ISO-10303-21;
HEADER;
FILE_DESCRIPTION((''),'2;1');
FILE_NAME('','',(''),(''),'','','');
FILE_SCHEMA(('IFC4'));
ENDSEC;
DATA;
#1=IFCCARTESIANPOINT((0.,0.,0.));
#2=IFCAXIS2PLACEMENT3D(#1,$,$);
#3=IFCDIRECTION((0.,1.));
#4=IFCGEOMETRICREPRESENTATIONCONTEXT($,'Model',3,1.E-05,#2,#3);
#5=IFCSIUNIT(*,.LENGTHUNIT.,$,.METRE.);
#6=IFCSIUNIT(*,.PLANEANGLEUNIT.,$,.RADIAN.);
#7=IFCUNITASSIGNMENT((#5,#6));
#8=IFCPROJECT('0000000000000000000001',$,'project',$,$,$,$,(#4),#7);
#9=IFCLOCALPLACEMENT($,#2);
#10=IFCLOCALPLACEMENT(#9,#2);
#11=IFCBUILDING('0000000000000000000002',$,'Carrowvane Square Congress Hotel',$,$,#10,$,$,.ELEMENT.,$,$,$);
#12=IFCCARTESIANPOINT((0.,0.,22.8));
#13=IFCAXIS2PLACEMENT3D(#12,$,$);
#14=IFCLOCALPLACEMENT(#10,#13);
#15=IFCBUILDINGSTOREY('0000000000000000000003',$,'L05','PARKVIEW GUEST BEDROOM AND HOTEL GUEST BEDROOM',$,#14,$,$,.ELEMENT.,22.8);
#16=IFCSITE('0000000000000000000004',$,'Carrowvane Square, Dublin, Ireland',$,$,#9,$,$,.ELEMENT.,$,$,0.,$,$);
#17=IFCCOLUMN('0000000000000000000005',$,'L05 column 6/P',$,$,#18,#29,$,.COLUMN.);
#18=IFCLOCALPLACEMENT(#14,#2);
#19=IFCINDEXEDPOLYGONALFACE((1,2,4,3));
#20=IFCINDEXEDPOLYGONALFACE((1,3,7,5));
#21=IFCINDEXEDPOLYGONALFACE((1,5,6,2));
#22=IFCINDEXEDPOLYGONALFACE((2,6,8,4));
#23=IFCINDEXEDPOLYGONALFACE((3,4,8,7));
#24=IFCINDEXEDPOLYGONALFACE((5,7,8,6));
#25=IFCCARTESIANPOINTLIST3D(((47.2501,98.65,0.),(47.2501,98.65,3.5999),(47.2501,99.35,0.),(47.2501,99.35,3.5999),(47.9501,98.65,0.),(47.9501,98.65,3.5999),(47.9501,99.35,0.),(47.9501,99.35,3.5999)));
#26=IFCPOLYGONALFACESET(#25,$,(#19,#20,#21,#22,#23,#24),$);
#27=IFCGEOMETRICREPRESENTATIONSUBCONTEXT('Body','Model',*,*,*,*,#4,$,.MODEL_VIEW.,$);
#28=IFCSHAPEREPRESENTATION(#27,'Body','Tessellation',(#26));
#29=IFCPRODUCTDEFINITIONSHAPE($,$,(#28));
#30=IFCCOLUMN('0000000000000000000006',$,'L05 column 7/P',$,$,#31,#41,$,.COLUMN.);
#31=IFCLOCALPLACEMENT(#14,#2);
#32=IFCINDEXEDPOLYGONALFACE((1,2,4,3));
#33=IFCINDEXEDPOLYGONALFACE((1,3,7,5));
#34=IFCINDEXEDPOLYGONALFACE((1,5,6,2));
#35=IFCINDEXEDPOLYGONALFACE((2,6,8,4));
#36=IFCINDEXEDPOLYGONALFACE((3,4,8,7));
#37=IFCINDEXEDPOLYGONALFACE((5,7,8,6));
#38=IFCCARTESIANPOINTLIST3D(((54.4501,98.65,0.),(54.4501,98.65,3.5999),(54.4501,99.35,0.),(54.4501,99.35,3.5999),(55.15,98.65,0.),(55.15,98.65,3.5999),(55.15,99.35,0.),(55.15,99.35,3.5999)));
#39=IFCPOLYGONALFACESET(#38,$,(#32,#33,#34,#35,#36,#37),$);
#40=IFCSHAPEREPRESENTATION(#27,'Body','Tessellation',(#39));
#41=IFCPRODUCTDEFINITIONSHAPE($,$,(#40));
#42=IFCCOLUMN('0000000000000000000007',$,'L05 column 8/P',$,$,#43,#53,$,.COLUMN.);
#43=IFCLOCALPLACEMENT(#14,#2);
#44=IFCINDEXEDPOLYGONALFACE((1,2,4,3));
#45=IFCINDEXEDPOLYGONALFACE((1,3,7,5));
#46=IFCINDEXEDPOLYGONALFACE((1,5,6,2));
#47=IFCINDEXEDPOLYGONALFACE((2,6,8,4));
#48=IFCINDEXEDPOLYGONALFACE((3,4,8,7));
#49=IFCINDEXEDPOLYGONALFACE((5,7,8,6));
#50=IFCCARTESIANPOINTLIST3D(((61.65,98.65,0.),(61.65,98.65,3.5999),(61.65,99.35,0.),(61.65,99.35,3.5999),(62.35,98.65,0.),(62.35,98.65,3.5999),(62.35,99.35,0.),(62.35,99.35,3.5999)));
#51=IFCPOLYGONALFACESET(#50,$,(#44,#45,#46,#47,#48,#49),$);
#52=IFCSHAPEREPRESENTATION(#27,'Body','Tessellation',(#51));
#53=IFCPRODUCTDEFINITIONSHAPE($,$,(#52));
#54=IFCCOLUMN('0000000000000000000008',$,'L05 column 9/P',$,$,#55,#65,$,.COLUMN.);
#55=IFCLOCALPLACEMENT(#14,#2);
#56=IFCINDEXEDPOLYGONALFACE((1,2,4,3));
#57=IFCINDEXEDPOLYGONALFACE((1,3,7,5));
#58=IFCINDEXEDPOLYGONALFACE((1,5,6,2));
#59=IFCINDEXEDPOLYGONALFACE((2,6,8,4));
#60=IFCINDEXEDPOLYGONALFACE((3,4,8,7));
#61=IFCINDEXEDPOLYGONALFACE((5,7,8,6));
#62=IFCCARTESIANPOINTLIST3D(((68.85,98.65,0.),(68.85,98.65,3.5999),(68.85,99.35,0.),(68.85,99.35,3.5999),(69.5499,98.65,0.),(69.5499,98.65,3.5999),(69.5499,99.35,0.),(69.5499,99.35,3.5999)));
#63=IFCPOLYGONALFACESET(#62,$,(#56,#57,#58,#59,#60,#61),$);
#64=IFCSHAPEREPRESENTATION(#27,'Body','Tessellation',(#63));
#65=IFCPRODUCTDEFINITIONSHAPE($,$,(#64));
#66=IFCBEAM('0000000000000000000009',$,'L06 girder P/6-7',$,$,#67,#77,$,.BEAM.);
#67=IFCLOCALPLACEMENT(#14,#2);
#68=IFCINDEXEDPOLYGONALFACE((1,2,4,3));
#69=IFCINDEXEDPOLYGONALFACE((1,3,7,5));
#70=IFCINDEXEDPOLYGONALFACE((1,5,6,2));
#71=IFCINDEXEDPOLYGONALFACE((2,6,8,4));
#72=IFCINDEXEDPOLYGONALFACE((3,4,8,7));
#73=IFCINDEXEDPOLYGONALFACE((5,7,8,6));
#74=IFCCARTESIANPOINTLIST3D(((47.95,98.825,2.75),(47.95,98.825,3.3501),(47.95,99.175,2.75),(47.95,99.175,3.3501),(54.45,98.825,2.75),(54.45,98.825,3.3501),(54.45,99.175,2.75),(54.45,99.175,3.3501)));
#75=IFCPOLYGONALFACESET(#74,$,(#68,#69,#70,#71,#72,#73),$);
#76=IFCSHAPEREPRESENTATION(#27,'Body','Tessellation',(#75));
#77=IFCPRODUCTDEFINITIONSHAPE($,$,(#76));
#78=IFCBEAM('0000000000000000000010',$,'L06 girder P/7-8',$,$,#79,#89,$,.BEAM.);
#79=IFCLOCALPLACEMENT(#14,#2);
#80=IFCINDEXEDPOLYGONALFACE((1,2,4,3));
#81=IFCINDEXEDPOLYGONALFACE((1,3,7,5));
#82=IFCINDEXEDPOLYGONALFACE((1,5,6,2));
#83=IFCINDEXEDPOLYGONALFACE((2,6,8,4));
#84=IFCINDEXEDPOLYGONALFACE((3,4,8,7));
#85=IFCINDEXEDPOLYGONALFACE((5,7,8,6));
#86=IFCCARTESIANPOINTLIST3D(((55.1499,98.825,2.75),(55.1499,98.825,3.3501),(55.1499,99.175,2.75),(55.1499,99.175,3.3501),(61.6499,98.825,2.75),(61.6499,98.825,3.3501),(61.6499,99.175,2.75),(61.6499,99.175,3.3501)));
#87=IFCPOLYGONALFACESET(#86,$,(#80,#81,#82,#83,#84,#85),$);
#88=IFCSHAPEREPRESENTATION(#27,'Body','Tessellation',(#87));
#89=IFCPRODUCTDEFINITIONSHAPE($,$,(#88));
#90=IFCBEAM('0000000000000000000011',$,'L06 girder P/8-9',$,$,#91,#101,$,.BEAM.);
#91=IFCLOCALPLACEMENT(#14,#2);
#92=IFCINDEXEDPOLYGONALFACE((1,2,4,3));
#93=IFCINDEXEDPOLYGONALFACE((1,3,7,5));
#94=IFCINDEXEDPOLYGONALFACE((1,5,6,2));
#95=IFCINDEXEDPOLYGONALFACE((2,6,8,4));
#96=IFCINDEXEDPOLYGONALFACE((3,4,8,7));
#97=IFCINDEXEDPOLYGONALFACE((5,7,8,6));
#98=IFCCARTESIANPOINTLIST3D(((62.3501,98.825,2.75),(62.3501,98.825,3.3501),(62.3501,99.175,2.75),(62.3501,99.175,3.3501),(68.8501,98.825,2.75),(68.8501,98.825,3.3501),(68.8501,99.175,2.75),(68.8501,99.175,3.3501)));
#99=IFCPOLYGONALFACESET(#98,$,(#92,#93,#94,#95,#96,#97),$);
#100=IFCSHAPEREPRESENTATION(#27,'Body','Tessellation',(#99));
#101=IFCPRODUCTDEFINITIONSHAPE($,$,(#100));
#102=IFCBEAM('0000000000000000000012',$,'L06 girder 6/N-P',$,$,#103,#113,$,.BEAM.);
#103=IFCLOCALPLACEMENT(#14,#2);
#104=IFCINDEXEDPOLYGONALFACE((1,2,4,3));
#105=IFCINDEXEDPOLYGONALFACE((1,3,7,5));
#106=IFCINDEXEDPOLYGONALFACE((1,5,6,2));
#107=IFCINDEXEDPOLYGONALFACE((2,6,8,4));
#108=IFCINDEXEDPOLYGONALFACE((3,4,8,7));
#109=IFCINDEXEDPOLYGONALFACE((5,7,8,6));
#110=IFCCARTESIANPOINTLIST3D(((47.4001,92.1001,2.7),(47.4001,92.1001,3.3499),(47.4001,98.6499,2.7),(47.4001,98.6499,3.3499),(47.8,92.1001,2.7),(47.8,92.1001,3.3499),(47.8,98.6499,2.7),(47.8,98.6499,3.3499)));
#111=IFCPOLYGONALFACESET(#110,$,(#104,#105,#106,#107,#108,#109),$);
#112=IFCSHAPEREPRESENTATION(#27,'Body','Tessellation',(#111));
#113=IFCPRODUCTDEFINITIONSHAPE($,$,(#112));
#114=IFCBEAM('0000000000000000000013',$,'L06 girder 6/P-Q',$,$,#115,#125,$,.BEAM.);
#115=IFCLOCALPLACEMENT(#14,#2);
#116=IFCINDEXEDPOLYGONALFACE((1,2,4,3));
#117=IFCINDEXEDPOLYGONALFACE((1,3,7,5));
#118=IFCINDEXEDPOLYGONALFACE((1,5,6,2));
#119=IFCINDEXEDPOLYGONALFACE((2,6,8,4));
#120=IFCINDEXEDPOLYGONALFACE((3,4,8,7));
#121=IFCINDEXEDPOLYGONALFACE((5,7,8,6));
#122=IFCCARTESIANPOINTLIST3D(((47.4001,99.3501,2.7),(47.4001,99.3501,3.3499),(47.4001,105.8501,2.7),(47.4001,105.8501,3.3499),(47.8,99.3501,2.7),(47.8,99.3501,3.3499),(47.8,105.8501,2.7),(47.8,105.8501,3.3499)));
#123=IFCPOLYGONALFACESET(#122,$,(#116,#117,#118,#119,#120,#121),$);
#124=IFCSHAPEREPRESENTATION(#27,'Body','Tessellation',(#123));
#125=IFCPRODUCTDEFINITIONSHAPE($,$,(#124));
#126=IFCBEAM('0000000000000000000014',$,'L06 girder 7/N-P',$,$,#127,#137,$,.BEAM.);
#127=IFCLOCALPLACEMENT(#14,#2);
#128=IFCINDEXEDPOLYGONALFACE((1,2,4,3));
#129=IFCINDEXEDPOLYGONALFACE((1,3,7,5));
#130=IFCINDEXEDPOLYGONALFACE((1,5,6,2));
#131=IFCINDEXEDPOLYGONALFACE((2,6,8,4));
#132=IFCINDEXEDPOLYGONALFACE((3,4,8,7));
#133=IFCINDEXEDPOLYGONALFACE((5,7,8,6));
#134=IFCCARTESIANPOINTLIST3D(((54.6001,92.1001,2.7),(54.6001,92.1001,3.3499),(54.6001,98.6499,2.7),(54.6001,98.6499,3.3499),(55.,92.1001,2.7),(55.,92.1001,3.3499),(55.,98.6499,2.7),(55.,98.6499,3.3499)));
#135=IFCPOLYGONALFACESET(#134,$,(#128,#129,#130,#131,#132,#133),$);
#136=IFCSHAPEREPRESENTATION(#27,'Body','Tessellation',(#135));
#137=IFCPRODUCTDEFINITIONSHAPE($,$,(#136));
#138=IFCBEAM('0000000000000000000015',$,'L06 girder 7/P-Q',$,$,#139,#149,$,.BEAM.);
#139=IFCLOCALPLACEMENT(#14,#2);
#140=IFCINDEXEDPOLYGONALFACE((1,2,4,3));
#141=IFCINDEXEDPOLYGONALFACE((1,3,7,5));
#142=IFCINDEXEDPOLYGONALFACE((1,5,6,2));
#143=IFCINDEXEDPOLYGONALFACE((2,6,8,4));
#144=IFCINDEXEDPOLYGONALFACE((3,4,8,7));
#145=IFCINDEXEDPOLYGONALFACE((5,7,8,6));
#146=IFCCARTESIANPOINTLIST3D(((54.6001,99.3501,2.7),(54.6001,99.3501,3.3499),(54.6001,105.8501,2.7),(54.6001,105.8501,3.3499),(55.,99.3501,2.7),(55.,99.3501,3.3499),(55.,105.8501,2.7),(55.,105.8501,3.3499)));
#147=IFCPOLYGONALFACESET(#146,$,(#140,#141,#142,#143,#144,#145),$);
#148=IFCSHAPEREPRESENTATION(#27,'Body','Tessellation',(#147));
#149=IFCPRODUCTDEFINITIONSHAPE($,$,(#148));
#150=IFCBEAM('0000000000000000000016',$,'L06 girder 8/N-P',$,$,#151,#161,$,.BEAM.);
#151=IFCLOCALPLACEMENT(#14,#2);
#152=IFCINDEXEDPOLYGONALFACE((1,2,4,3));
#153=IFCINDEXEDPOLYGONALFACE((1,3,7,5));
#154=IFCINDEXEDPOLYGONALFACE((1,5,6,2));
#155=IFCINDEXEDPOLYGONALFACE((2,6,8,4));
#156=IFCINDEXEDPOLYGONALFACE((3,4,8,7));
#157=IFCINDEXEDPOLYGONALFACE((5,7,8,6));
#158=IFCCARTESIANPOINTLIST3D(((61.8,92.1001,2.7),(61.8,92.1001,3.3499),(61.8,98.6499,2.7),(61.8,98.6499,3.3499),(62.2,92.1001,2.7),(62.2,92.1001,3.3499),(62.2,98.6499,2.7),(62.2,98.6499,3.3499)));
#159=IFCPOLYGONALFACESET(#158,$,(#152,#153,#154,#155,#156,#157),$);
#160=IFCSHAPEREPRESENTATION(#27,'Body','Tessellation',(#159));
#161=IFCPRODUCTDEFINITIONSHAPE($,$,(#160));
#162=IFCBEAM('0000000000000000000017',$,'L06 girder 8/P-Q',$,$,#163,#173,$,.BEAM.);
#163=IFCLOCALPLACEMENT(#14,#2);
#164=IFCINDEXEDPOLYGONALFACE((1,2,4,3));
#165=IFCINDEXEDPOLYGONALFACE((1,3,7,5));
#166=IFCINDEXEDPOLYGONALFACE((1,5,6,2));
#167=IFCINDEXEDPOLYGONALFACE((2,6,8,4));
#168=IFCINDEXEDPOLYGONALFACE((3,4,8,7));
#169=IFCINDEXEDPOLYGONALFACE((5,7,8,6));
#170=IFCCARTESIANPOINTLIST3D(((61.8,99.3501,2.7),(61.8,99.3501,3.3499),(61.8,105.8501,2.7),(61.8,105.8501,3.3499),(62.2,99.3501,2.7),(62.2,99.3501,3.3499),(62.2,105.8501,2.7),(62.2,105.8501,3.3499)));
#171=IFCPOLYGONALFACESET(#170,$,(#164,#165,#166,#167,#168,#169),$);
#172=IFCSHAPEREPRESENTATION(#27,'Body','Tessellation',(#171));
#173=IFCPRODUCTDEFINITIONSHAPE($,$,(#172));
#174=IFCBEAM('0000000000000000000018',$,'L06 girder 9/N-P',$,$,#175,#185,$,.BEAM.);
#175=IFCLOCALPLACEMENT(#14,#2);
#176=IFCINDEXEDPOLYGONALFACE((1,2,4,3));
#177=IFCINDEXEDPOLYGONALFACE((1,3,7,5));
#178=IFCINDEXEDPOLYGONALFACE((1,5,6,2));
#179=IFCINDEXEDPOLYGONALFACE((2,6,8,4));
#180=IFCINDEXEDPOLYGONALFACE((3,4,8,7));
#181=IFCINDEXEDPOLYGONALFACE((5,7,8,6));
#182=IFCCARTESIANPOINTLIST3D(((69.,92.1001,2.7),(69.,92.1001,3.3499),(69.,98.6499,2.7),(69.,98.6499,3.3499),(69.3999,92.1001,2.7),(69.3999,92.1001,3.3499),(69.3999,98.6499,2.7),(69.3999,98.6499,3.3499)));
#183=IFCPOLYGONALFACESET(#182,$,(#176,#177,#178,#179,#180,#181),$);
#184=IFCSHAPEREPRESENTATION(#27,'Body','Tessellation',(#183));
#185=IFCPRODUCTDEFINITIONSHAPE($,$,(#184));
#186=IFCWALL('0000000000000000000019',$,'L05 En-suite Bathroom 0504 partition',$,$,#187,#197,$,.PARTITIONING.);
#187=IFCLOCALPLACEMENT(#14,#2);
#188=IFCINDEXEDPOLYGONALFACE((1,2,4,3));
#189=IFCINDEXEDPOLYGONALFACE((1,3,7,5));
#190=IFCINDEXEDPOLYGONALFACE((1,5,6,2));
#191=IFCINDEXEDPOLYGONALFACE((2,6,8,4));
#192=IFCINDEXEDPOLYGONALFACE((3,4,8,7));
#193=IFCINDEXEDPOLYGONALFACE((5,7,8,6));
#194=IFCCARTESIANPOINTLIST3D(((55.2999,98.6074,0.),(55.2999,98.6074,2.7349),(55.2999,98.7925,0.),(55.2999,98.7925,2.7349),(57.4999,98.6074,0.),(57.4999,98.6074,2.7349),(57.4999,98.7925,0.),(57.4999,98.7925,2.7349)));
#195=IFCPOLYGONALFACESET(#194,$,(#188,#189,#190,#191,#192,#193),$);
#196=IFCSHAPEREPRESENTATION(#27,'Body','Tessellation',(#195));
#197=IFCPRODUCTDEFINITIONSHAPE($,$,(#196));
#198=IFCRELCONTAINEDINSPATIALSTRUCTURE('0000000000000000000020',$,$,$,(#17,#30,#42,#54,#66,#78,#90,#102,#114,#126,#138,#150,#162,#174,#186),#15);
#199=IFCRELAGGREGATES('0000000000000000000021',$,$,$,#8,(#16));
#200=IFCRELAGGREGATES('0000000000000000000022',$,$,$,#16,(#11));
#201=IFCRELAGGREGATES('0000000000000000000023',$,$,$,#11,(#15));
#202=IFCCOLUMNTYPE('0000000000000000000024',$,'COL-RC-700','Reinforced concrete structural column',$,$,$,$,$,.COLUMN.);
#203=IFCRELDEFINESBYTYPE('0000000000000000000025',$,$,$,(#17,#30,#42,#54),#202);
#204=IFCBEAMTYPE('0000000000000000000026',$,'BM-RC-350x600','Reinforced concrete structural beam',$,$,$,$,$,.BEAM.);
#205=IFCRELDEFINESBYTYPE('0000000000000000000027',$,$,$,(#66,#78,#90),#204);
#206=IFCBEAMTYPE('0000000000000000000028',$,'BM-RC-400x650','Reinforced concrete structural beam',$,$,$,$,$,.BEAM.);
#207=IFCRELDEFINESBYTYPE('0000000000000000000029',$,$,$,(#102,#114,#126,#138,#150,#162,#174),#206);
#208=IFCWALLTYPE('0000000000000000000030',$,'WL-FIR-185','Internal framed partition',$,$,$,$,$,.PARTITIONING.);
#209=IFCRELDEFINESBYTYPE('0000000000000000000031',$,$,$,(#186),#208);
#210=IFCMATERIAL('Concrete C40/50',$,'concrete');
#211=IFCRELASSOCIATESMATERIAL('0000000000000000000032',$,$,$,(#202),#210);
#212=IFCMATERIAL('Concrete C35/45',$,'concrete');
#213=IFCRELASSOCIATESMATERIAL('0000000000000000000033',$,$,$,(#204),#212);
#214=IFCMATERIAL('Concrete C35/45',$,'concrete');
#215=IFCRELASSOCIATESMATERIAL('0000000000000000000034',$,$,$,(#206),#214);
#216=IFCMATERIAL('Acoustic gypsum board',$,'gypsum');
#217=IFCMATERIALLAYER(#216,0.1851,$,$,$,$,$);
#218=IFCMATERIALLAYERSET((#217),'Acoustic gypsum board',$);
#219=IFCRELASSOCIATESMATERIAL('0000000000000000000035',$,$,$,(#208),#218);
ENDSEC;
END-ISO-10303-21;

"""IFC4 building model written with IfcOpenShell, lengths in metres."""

from ifc_helpers import new_model, si_unit, direction, frame, frame_2d, origin, origin_2d, place, context, subcontext, project, spatial, rectangle, extrude, material, layer, layer_set, material_profile, profile_set, type_object, element, save


model = new_model("IFC4")

# Units and contexts
model_context = context("Model", 3, precision=1e-05, world=origin(), true_north=direction((0.0, 1.0)))
body_context = subcontext(model_context, "Body", "Model", "MODEL_VIEW")
ifc_project = project(units=[si_unit("LENGTHUNIT", "METRE"), si_unit("PLANEANGLEUNIT", "RADIAN")], contexts=[model_context])

# Site, building, storey
site_placement = place(None, origin())
site = spatial("IfcSite", under=ifc_project, at=site_placement, Name="Carrowvane Square, Dublin, Ireland", CompositionType="ELEMENT", RefElevation=0.0)
building_placement = place(site_placement, origin())
building = spatial("IfcBuilding", under=site, at=building_placement, Name="Carrowvane Square Congress Hotel", CompositionType="ELEMENT")
storey_placement = place(building_placement, frame((0.0, 0.0, 22.8)))
storey = spatial("IfcBuildingStorey", under=building, at=storey_placement, Name="L05", Description="PARKVIEW GUEST BEDROOM AND HOTEL GUEST BEDROOM", CompositionType="ELEMENT", Elevation=22.8)

# Columns
ifc_material_1 = material(Name="Concrete C40/50", Category="concrete")
ifc_material_profile_1 = material_profile(ifc_material_1, rectangle(XDim=0.7, YDim=0.7, at=origin_2d()), Name="RC 700x700")
ifc_profile_set_1 = profile_set([ifc_material_profile_1], Name="Concrete C40/50")
column_type = type_object("IfcColumnType", Name="COL-RC-700", Description="Reinforced concrete structural column", PredefinedType="COLUMN", material=ifc_profile_set_1)
for number, where, z_axis, x_axis, name in (
    (1, (47.6001, 99.0, 0.0), (0.0, 0.0, 1.0), (1.0, 0.0, 0.0), "L05 column 6/P"),
    (2, (54.8, 99.0, 0.0), (0.0, 0.0, 1.0), (1.0, 0.0, 0.0), "L05 column 7/P"),
    (3, (62.0, 99.0, 0.0), (0.0, 0.0, 1.0), (1.0, 0.0, 0.0), "L05 column 8/P"),
    (4, (69.2, 99.0, 0.0), (0.0, 0.0, 1.0), (1.0, 0.0, 0.0), "L05 column 9/P"),
):
    element("IfcColumn", number, at=place(storey_placement, frame(where, z_axis=z_axis, x_axis=x_axis)), inside=storey, type_object=column_type, Name=name, PredefinedType="COLUMN", context=body_context, shape_type="SweptSolid", body=[
        extrude(rectangle(XDim=0.7, YDim=0.7, at=origin_2d()), origin(), (0.0, 0.0, 1.0), 3.5999),
    ])

# Beams
ifc_material_2 = material(Name="Concrete C35/45", Category="concrete")
ifc_material_profile_2 = material_profile(ifc_material_2, rectangle(XDim=0.3501, YDim=0.6001, at=origin_2d()), Name="RC 350x600")
ifc_profile_set_2 = profile_set([ifc_material_profile_2], Name="Concrete C35/45")
beam_type_1 = type_object("IfcBeamType", Name="BM-RC-350x600", Description="Reinforced concrete structural beam", PredefinedType="BEAM", material=ifc_profile_set_2)
for number, where, z_axis, x_axis, name in (
    (5, (47.95, 99.0, 3.05), (1.0, 0.0, 0.0), (0.0, 1.0, 0.0), "L06 girder P/6-7"),
    (6, (55.1499, 99.0, 3.05), (1.0, 0.0, 0.0), (0.0, 1.0, 0.0), "L06 girder P/7-8"),
    (7, (62.3501, 99.0, 3.05), (1.0, 0.0, 0.0), (0.0, 1.0, 0.0), "L06 girder P/8-9"),
):
    element("IfcBeam", number, at=place(storey_placement, frame(where, z_axis=z_axis, x_axis=x_axis)), inside=storey, type_object=beam_type_1, Name=name, PredefinedType="BEAM", context=body_context, shape_type="SweptSolid", body=[
        extrude(rectangle(XDim=0.3501, YDim=0.6001, at=origin_2d()), origin(), (0.0, 0.0, 1.0), 6.5),
    ])
ifc_material_3 = material(Name="Concrete C35/45", Category="concrete")
ifc_material_profile_3 = material_profile(ifc_material_3, rectangle(XDim=0.3999, YDim=0.6499, at=origin_2d()), Name="RC 400x650")
ifc_profile_set_3 = profile_set([ifc_material_profile_3], Name="Concrete C35/45")
beam_type_2 = type_object("IfcBeamType", Name="BM-RC-400x650", Description="Reinforced concrete structural beam", PredefinedType="BEAM", material=ifc_profile_set_3)
beam_1_placement = place(storey_placement, frame((47.6001, 92.1001, 3.0249), z_axis=(0.0, 1.0, 0.0), x_axis=(-1.0, 0.0, 0.0)))
element("IfcBeam", 8, at=beam_1_placement, inside=storey, type_object=beam_type_2, Name="L06 girder 6/N-P", PredefinedType="BEAM", context=body_context, shape_type="SweptSolid", body=[
    extrude(rectangle(XDim=0.3999, YDim=0.6499, at=origin_2d()), origin(), (0.0, 0.0, 1.0), 6.5498),
])
beam_2_placement = place(storey_placement, frame((47.6001, 99.3501, 3.0249), z_axis=(0.0, 1.0, 0.0), x_axis=(-1.0, 0.0, 0.0)))
element("IfcBeam", 9, at=beam_2_placement, inside=storey, type_object=beam_type_2, Name="L06 girder 6/P-Q", PredefinedType="BEAM", context=body_context, shape_type="SweptSolid", body=[
    extrude(rectangle(XDim=0.3999, YDim=0.6499, at=origin_2d()), origin(), (0.0, 0.0, 1.0), 6.5),
])
beam_3_placement = place(storey_placement, frame((54.8, 92.1001, 3.0249), z_axis=(0.0, 1.0, 0.0), x_axis=(-1.0, 0.0, 0.0)))
element("IfcBeam", 10, at=beam_3_placement, inside=storey, type_object=beam_type_2, Name="L06 girder 7/N-P", PredefinedType="BEAM", context=body_context, shape_type="SweptSolid", body=[
    extrude(rectangle(XDim=0.3999, YDim=0.6499, at=origin_2d()), origin(), (0.0, 0.0, 1.0), 6.5498),
])
beam_4_placement = place(storey_placement, frame((54.8, 99.3501, 3.0249), z_axis=(0.0, 1.0, 0.0), x_axis=(-1.0, 0.0, 0.0)))
element("IfcBeam", 11, at=beam_4_placement, inside=storey, type_object=beam_type_2, Name="L06 girder 7/P-Q", PredefinedType="BEAM", context=body_context, shape_type="SweptSolid", body=[
    extrude(rectangle(XDim=0.3999, YDim=0.6499, at=origin_2d()), origin(), (0.0, 0.0, 1.0), 6.5),
])
beam_5_placement = place(storey_placement, frame((62.0, 92.1001, 3.0249), z_axis=(0.0, 1.0, 0.0), x_axis=(-1.0, 0.0, 0.0)))
element("IfcBeam", 12, at=beam_5_placement, inside=storey, type_object=beam_type_2, Name="L06 girder 8/N-P", PredefinedType="BEAM", context=body_context, shape_type="SweptSolid", body=[
    extrude(rectangle(XDim=0.3999, YDim=0.6499, at=origin_2d()), origin(), (0.0, 0.0, 1.0), 6.5498),
])
beam_6_placement = place(storey_placement, frame((62.0, 99.3501, 3.0249), z_axis=(0.0, 1.0, 0.0), x_axis=(-1.0, 0.0, 0.0)))
element("IfcBeam", 13, at=beam_6_placement, inside=storey, type_object=beam_type_2, Name="L06 girder 8/P-Q", PredefinedType="BEAM", context=body_context, shape_type="SweptSolid", body=[
    extrude(rectangle(XDim=0.3999, YDim=0.6499, at=origin_2d()), origin(), (0.0, 0.0, 1.0), 6.5),
])
beam_7_placement = place(storey_placement, frame((69.2, 92.1001, 3.0249), z_axis=(0.0, 1.0, 0.0), x_axis=(-1.0, 0.0, 0.0)))
element("IfcBeam", 14, at=beam_7_placement, inside=storey, type_object=beam_type_2, Name="L06 girder 9/N-P", PredefinedType="BEAM", context=body_context, shape_type="SweptSolid", body=[
    extrude(rectangle(XDim=0.3999, YDim=0.6499, at=origin_2d()), origin(), (0.0, 0.0, 1.0), 6.5498),
])

# Wall
ifc_material_4 = material(Name="Acoustic gypsum board", Category="gypsum")
ifc_layer_1 = layer(ifc_material_4, 0.1851)
ifc_layer_set_1 = layer_set([ifc_layer_1], Name="Acoustic gypsum board")
wall_type_1 = type_object("IfcWallType", Name="WL-FIR-185", Description="Internal framed partition", PredefinedType="PARTITIONING", material=ifc_layer_set_1)
wall_1_placement = place(storey_placement, frame((57.5, 98.7, 0.0), z_axis=(0.0, 0.0, 1.0), x_axis=(-1.0, 0.0, 0.0)))
element("IfcWall", 15, at=wall_1_placement, inside=storey, type_object=wall_type_1, Name="L05 En-suite Bathroom 0504 partition", PredefinedType="PARTITIONING", context=body_context, shape_type="SweptSolid", body=[
    extrude(rectangle(XDim=2.2, YDim=0.1851, at=frame_2d((1.1001, 0.0))), origin(), (0.0, 0.0, 1.0), 2.7349),
])

save(model, "model.ifc")
